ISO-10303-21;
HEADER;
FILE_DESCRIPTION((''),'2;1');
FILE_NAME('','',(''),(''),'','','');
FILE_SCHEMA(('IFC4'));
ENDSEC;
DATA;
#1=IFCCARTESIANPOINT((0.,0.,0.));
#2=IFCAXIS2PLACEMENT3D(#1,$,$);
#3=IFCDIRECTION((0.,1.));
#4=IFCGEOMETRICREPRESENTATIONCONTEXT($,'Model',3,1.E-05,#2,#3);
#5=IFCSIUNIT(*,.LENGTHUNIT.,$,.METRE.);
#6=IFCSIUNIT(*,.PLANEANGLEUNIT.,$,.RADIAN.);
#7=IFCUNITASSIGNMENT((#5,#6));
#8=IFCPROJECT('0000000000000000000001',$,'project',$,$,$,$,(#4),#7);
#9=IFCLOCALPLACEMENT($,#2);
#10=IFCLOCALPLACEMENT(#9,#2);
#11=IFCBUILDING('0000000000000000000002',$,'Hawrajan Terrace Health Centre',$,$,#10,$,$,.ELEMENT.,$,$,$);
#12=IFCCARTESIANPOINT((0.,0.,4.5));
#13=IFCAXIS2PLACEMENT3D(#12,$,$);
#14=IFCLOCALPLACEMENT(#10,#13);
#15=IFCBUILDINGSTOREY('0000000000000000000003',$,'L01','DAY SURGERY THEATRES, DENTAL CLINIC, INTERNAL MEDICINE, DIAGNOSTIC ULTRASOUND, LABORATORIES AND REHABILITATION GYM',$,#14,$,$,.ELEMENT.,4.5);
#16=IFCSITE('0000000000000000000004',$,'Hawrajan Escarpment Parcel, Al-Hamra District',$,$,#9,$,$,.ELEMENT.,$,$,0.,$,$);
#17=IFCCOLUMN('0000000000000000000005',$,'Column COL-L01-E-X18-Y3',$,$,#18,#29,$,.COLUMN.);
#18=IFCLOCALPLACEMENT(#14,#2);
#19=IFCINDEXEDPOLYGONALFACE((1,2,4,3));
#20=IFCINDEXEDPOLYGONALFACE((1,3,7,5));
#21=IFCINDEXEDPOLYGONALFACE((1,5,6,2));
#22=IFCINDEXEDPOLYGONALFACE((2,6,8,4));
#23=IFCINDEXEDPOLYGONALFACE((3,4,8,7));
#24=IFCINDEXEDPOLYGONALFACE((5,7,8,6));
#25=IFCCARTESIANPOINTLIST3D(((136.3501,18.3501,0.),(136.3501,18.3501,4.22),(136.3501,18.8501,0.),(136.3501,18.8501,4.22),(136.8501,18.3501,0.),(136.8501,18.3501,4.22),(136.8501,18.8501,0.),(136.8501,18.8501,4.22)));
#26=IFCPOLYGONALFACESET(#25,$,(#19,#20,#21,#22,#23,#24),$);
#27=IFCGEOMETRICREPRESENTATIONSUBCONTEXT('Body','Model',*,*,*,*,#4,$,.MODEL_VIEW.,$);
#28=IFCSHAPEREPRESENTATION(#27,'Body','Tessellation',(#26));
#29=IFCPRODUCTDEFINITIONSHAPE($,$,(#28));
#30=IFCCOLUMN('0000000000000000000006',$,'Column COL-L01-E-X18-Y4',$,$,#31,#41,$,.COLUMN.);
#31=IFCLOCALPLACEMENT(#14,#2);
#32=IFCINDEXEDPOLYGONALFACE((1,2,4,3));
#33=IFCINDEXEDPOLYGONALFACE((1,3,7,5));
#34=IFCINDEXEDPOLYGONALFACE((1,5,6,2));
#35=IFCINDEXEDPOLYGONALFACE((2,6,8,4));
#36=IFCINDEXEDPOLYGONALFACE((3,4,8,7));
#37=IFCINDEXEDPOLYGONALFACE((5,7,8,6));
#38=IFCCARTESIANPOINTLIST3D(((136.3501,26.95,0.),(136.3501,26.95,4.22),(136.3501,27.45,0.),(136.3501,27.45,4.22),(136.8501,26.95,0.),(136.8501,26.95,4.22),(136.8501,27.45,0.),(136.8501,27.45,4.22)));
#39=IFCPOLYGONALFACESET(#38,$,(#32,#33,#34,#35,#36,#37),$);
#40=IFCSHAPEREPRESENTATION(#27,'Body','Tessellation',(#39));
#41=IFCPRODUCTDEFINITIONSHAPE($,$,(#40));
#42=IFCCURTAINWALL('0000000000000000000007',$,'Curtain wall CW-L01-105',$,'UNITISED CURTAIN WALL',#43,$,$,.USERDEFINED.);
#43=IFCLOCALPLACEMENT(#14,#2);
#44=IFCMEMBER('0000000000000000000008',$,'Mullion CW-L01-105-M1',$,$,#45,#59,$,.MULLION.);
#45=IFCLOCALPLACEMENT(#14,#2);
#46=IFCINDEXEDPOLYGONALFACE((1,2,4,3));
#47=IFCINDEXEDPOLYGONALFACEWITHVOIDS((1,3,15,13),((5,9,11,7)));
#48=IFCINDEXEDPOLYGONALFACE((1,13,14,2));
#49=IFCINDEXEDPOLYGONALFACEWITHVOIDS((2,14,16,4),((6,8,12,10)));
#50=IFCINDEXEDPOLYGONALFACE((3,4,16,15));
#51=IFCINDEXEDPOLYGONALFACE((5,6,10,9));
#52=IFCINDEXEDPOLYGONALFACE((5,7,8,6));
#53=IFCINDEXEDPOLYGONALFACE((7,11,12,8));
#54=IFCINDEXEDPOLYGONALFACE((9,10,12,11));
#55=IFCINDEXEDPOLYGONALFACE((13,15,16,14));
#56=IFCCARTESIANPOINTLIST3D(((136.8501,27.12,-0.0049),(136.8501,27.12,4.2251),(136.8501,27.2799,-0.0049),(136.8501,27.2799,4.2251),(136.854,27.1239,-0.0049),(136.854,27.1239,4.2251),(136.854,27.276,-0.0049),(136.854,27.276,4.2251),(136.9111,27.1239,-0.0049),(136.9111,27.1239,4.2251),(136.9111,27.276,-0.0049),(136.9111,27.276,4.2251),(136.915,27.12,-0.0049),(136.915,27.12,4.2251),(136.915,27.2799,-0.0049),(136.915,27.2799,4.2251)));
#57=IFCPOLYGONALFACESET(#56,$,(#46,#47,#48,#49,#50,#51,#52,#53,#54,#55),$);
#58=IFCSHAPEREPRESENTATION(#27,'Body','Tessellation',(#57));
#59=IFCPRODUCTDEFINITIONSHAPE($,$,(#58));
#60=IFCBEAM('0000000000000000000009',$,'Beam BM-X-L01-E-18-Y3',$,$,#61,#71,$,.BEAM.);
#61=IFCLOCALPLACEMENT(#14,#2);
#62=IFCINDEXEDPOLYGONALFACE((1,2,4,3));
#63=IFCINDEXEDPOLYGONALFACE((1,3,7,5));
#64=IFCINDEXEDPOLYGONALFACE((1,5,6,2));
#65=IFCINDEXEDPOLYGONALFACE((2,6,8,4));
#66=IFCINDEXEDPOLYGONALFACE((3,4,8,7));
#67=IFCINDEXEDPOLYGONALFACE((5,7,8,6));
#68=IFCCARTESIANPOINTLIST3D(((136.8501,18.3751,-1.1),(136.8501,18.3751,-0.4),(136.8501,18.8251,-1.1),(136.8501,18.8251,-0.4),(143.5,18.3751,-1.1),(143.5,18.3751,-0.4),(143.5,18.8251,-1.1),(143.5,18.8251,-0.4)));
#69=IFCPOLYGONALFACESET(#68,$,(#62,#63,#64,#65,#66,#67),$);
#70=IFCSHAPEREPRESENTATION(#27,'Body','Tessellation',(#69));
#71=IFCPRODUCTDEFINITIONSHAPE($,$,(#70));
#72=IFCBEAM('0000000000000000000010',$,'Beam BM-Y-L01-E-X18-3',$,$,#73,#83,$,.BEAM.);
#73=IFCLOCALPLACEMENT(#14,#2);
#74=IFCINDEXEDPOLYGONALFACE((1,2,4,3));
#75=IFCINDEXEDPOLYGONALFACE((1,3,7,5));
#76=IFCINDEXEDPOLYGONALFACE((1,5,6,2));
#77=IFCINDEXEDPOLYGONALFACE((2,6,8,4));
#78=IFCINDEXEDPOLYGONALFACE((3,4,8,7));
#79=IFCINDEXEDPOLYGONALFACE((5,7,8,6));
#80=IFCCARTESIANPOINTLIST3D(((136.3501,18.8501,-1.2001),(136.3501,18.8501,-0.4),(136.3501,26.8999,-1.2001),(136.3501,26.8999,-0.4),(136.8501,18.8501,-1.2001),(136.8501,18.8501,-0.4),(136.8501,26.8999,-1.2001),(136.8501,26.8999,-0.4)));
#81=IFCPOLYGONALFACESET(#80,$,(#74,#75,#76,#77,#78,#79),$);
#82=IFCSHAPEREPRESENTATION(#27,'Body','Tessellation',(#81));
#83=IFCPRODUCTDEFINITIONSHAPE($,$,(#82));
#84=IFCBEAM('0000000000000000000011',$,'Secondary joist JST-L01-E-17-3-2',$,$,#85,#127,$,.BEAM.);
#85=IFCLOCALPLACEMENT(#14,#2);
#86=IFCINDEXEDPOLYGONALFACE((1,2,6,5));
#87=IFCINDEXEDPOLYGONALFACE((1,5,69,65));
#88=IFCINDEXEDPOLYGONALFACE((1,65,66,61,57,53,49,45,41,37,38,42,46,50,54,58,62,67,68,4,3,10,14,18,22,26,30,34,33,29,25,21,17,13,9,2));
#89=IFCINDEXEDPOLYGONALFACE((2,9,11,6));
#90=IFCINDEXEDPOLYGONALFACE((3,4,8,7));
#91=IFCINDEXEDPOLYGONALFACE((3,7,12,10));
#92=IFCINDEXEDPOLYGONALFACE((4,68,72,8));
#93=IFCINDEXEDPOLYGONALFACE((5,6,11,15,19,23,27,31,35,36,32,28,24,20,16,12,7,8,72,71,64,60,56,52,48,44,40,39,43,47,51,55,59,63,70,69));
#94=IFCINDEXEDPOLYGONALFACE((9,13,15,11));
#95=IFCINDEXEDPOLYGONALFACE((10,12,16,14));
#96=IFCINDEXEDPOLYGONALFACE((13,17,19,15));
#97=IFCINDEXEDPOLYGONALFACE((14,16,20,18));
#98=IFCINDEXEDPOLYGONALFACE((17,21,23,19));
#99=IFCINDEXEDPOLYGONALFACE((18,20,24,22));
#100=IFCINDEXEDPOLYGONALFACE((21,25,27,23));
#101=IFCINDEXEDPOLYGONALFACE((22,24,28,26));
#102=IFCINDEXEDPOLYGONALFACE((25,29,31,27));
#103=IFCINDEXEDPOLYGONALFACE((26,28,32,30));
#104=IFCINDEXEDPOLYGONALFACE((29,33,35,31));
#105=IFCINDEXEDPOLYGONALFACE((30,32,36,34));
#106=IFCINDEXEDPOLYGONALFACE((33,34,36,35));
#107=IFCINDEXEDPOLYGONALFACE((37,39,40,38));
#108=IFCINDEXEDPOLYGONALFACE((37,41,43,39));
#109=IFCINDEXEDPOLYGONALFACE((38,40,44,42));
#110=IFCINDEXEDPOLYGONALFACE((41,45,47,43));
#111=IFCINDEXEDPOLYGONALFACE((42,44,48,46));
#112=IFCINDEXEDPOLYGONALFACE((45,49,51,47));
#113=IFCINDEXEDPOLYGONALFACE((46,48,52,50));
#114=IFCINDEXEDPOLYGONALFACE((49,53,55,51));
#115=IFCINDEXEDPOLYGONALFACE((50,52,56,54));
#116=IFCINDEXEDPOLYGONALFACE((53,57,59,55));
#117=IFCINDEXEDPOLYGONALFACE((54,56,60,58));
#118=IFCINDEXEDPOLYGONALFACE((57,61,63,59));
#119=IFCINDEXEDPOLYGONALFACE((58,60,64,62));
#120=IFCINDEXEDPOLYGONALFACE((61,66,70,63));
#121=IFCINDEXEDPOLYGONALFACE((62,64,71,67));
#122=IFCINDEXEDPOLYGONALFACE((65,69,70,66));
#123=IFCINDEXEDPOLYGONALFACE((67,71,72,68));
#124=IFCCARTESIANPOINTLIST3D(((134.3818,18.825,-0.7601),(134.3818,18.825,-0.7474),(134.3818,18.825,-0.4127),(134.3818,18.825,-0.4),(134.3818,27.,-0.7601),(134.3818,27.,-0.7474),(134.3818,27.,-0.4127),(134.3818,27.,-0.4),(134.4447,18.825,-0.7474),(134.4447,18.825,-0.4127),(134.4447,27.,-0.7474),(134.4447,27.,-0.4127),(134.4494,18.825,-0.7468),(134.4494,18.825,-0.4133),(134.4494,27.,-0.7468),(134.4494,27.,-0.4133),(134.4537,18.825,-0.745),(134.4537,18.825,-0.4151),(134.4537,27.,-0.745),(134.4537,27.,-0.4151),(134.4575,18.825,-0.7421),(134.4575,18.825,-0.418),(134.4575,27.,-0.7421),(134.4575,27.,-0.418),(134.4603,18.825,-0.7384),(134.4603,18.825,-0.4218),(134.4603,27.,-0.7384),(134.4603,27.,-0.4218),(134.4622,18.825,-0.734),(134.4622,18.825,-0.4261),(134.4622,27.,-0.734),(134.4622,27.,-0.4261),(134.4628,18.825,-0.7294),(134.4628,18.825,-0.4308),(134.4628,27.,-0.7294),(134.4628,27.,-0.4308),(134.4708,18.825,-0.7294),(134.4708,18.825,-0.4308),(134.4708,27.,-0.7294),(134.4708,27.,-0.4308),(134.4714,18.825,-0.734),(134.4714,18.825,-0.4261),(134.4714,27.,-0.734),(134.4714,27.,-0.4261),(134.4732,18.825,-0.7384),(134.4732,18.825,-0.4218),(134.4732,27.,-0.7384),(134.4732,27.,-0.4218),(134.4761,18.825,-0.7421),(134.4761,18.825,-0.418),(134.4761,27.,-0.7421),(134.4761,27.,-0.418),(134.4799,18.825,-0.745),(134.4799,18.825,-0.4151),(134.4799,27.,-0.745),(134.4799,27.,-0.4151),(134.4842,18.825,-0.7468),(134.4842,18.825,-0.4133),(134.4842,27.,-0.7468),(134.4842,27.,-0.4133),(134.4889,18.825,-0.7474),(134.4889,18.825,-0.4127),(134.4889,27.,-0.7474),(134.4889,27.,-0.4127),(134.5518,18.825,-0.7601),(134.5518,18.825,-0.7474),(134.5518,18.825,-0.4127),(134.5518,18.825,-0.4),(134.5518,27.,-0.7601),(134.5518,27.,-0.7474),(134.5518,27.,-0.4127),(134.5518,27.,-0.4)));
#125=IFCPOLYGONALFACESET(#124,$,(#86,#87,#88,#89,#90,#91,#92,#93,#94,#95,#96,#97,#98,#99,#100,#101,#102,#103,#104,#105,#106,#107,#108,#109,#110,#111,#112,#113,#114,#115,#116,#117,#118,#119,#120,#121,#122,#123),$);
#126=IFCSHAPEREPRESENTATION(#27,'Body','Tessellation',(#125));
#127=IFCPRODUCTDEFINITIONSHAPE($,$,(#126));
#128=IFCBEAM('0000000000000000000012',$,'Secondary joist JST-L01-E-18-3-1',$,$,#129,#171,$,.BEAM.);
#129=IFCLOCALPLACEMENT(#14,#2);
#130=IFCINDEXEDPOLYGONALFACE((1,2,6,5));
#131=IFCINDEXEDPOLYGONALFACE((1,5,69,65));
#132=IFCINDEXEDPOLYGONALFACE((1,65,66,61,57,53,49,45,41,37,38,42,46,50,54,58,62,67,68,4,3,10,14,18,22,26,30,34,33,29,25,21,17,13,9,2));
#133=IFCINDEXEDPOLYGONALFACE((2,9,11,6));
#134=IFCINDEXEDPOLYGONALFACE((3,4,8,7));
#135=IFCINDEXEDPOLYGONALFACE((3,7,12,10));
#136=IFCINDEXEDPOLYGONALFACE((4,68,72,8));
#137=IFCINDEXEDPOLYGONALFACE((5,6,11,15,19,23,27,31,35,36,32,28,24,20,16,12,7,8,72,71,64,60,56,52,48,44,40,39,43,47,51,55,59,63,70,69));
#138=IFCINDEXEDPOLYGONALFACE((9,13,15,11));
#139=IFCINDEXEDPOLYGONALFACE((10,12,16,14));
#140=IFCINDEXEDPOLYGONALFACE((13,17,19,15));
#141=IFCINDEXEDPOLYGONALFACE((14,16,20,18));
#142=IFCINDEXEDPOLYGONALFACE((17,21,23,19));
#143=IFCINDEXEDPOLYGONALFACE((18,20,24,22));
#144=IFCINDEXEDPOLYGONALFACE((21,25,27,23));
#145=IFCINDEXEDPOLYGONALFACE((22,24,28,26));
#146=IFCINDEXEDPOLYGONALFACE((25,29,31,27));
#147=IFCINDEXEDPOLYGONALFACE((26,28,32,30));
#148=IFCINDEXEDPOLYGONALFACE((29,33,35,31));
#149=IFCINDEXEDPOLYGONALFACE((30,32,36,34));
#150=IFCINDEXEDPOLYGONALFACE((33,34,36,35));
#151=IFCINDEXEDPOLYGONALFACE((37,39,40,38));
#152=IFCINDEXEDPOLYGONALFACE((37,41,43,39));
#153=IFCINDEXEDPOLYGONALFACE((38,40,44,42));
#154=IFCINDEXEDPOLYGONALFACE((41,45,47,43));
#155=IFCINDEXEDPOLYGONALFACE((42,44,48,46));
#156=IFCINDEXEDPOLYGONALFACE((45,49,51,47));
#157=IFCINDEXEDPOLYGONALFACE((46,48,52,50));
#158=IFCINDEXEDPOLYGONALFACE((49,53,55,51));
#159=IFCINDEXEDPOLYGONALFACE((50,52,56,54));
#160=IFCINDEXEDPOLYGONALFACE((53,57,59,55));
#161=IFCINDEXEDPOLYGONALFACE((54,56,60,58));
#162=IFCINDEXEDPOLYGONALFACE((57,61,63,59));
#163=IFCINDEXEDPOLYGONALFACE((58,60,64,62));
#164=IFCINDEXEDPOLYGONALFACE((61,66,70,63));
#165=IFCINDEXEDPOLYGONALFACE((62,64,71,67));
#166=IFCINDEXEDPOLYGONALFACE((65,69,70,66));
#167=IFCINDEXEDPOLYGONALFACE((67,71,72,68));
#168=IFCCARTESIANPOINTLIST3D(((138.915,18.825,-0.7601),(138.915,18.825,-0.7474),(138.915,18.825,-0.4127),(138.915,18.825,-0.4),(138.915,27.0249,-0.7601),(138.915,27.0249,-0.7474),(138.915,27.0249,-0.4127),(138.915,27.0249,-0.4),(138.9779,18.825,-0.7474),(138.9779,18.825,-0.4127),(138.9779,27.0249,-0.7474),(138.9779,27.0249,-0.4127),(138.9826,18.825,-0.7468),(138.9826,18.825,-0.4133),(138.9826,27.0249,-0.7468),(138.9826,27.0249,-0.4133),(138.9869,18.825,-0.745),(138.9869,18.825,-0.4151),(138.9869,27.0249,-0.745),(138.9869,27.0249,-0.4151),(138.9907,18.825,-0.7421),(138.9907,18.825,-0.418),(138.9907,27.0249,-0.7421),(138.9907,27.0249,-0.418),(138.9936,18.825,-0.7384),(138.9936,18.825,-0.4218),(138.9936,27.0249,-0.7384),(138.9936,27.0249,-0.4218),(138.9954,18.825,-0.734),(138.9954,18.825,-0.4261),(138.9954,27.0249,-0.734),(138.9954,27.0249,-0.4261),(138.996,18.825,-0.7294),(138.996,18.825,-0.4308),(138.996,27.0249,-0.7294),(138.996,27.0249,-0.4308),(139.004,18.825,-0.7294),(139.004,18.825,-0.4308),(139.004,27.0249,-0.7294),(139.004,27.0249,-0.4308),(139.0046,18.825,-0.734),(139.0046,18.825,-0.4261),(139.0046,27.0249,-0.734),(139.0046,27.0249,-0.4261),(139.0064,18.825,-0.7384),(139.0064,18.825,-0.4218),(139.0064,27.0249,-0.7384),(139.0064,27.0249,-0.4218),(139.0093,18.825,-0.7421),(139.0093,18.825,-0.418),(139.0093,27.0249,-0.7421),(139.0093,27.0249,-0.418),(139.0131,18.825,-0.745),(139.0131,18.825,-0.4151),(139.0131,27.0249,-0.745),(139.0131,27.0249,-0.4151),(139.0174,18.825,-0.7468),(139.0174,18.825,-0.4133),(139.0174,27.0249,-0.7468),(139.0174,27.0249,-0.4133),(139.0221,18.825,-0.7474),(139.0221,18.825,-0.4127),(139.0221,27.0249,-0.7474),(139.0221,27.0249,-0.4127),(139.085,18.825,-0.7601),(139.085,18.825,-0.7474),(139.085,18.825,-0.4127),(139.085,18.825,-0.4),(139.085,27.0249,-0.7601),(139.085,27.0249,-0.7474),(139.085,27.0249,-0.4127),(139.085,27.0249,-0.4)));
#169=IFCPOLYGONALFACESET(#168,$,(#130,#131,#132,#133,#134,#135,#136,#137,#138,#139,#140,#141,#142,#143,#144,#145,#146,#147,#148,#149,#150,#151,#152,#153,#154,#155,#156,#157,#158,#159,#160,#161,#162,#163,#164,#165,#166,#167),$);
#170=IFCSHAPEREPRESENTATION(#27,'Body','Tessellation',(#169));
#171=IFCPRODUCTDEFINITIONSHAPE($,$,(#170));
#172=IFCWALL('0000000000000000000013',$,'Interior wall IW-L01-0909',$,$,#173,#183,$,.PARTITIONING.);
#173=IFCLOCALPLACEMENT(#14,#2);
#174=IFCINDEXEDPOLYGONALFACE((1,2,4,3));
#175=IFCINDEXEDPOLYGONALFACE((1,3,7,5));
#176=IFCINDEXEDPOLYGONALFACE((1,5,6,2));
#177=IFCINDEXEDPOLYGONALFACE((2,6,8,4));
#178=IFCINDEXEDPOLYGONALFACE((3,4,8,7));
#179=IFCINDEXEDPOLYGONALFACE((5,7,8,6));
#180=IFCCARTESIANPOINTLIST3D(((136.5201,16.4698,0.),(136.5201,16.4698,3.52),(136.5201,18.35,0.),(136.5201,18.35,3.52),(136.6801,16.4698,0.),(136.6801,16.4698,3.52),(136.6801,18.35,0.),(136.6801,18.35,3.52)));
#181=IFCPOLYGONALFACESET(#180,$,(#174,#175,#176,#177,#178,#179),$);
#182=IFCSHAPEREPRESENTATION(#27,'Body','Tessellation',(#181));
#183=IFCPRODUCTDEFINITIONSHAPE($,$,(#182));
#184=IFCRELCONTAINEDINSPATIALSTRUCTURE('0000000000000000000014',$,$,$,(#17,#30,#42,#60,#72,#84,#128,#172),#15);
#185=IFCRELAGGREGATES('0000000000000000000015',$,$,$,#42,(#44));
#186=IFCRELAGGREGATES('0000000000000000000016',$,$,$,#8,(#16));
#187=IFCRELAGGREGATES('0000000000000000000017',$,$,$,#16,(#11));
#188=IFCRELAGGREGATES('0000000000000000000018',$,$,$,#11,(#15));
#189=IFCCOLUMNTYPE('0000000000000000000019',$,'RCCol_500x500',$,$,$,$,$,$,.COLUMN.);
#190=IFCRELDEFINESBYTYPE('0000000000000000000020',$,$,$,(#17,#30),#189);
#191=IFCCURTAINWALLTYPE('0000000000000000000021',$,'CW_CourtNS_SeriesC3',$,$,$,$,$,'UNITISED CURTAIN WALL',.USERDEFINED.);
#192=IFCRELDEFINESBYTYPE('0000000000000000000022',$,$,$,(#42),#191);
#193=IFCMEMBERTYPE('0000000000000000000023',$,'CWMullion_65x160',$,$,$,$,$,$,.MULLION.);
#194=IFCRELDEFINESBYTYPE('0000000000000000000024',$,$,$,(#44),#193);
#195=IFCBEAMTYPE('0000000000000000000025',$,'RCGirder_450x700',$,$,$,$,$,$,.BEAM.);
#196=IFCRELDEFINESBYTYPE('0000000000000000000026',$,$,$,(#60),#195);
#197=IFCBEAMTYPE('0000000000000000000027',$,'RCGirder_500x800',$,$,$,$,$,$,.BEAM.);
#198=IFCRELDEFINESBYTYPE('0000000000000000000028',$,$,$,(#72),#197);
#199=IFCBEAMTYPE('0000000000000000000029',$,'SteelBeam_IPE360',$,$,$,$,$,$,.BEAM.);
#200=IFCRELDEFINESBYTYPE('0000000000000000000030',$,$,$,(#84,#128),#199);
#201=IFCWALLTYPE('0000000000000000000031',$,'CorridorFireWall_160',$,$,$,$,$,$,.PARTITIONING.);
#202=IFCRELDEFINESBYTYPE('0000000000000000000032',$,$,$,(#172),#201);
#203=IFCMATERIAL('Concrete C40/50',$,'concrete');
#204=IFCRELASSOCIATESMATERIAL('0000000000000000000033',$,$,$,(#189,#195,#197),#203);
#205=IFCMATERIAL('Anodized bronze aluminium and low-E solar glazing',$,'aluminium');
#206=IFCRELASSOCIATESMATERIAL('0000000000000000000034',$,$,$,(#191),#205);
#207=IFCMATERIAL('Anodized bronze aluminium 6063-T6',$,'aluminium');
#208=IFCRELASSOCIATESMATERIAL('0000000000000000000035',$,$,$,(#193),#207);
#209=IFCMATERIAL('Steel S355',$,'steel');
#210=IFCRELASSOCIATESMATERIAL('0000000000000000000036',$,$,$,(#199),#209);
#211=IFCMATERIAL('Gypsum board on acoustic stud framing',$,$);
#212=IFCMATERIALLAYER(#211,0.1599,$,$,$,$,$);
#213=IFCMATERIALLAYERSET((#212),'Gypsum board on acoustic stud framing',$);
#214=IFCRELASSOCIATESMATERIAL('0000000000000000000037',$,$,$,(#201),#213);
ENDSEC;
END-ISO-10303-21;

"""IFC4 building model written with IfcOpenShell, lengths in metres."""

from ifc_helpers import new_model, si_unit, direction, frame, frame_2d, origin, origin_2d, place, context, subcontext, project, spatial, rectangle, hollow_rectangle, i_section, extrude, material, layer, layer_set, material_profile, profile_set, type_object, element, aggregate, save


model = new_model("IFC4")

# Units and contexts
model_context = context("Model", 3, precision=1e-05, world=origin(), true_north=direction((0.0, 1.0)))
body_context = subcontext(model_context, "Body", "Model", "MODEL_VIEW")
ifc_project = project(units=[si_unit("LENGTHUNIT", "METRE"), si_unit("PLANEANGLEUNIT", "RADIAN")], contexts=[model_context])

# Site, building, storey
site_placement = place(None, origin())
site = spatial("IfcSite", under=ifc_project, at=site_placement, Name="Hawrajan Escarpment Parcel, Al-Hamra District", CompositionType="ELEMENT", RefElevation=0.0)
building_placement = place(site_placement, origin())
building = spatial("IfcBuilding", under=site, at=building_placement, Name="Hawrajan Terrace Health Centre", CompositionType="ELEMENT")
storey_placement = place(building_placement, frame((0.0, 0.0, 4.5)))
storey = spatial("IfcBuildingStorey", under=building, at=storey_placement, Name="L01", Description="DAY SURGERY THEATRES, DENTAL CLINIC, INTERNAL MEDICINE, DIAGNOSTIC ULTRASOUND, LABORATORIES AND REHABILITATION GYM", CompositionType="ELEMENT", Elevation=4.5)

# Columns
ifc_material_1 = material(Name="Concrete C40/50", Category="concrete")
ifc_material_profile_1 = material_profile(ifc_material_1, rectangle(XDim=0.5, YDim=0.5, at=origin_2d()), Name="RC 500x500")
ifc_profile_set_1 = profile_set([ifc_material_profile_1], Name="Concrete C40/50")
column_type = type_object("IfcColumnType", Name="RCCol_500x500", PredefinedType="COLUMN", material=ifc_profile_set_1)
for number, where, z_axis, x_axis, name in (
    (1, (136.6001, 18.6001, 0.0), (0.0, 0.0, 1.0), (1.0, 0.0, 0.0), "Column COL-L01-E-X18-Y3"),
    (2, (136.6001, 27.2, 0.0), (0.0, 0.0, 1.0), (1.0, 0.0, 0.0), "Column COL-L01-E-X18-Y4"),
):
    element("IfcColumn", number, at=place(storey_placement, frame(where, z_axis=z_axis, x_axis=x_axis)), inside=storey, type_object=column_type, Name=name, PredefinedType="COLUMN", context=body_context, shape_type="SweptSolid", body=[
        extrude(rectangle(XDim=0.5, YDim=0.5, at=origin_2d()), origin(), (0.0, 0.0, 1.0), 4.22),
    ])

# Curtain wall, member
ifc_material_2 = material(Name="Anodized bronze aluminium and low-E solar glazing", Category="aluminium")
curtain_wall_type = type_object("IfcCurtainWallType", Name="CW_CourtNS_SeriesC3", ElementType="UNITISED CURTAIN WALL", PredefinedType="USERDEFINED", material=ifc_material_2)
curtain_wall_placement = place(storey_placement, origin())
curtain_wall = element("IfcCurtainWall", 3, at=curtain_wall_placement, inside=storey, type_object=curtain_wall_type, Name="Curtain wall CW-L01-105", ObjectType="UNITISED CURTAIN WALL", PredefinedType="USERDEFINED")
ifc_material_3 = material(Name="Anodized bronze aluminium 6063-T6", Category="aluminium")
ifc_material_profile_2 = material_profile(ifc_material_3, hollow_rectangle(XDim=0.0649, YDim=0.1599, WallThickness=0.0039, at=origin_2d()), Name="CW MUL 65x160")
ifc_profile_set_2 = profile_set([ifc_material_profile_2], Name="Anodized bronze aluminium 6063-T6")
member_type = type_object("IfcMemberType", Name="CWMullion_65x160", PredefinedType="MULLION", material=ifc_profile_set_2)
member_placement = place(storey_placement, frame((136.8826, 27.2, -0.0049), z_axis=(0.0, 0.0, 1.0), x_axis=(1.0, 0.0, 0.0)))
member = element("IfcMember", 4, at=member_placement, type_object=member_type, Name="Mullion CW-L01-105-M1", PredefinedType="MULLION", context=body_context, shape_type="SweptSolid", body=[
    extrude(hollow_rectangle(XDim=0.0649, YDim=0.1599, WallThickness=0.0039, at=origin_2d()), origin(), (0.0, 0.0, 1.0), 4.23),
])
aggregate(curtain_wall, [member])

# Beams
ifc_material_profile_3 = material_profile(ifc_material_1, rectangle(XDim=0.45, YDim=0.7, at=origin_2d()), Name="RC BM 450x700")
ifc_profile_set_3 = profile_set([ifc_material_profile_3], Name="Concrete C40/50")
beam_type_1 = type_object("IfcBeamType", Name="RCGirder_450x700", PredefinedType="BEAM", material=ifc_profile_set_3)
beam_1_placement = place(storey_placement, frame((136.8501, 18.6001, -0.75), z_axis=(1.0, 0.0, 0.0), x_axis=(0.0, 1.0, 0.0)))
element("IfcBeam", 5, at=beam_1_placement, inside=storey, type_object=beam_type_1, Name="Beam BM-X-L01-E-18-Y3", PredefinedType="BEAM", context=body_context, shape_type="SweptSolid", body=[
    extrude(rectangle(XDim=0.45, YDim=0.7, at=origin_2d()), origin(), (0.0, 0.0, 1.0), 6.6499),
])
ifc_material_profile_4 = material_profile(ifc_material_1, rectangle(XDim=0.5, YDim=0.8, at=origin_2d()), Name="RC BM 500x800")
ifc_profile_set_4 = profile_set([ifc_material_profile_4], Name="Concrete C40/50")
beam_type_2 = type_object("IfcBeamType", Name="RCGirder_500x800", PredefinedType="BEAM", material=ifc_profile_set_4)
beam_2_placement = place(storey_placement, frame((136.6001, 18.8501, -0.8), z_axis=(0.0, 1.0, 0.0), x_axis=(-1.0, 0.0, 0.0)))
element("IfcBeam", 6, at=beam_2_placement, inside=storey, type_object=beam_type_2, Name="Beam BM-Y-L01-E-X18-3", PredefinedType="BEAM", context=body_context, shape_type="SweptSolid", body=[
    extrude(rectangle(XDim=0.5, YDim=0.8, at=origin_2d()), origin(), (0.0, 0.0, 1.0), 8.0498),
])
ifc_material_4 = material(Name="Steel S355", Category="steel")
ifc_material_profile_5 = material_profile(ifc_material_4, i_section(OverallWidth=0.1699, OverallDepth=0.3601, WebThickness=0.0081, FlangeThickness=0.0127, FilletRadius=0.0181, at=origin_2d()), Name="IPE 360")
ifc_profile_set_5 = profile_set([ifc_material_profile_5], Name="Steel S355")
beam_type_3 = type_object("IfcBeamType", Name="SteelBeam_IPE360", PredefinedType="BEAM", material=ifc_profile_set_5)
beam_3_placement = place(storey_placement, frame((134.4668, 18.825, -0.5801), z_axis=(0.0, 1.0, 0.0), x_axis=(-1.0, 0.0, 0.0)))
element("IfcBeam", 7, at=beam_3_placement, inside=storey, type_object=beam_type_3, Name="Secondary joist JST-L01-E-17-3-2", PredefinedType="BEAM", context=body_context, shape_type="SweptSolid", body=[
    extrude(i_section(OverallWidth=0.1699, OverallDepth=0.3601, WebThickness=0.0081, FlangeThickness=0.0127, FilletRadius=0.0181, at=origin_2d()), origin(), (0.0, 0.0, 1.0), 8.175),
])
beam_4_placement = place(storey_placement, frame((139.0, 18.825, -0.5801), z_axis=(0.0, 1.0, 0.0), x_axis=(-1.0, 0.0, 0.0)))
element("IfcBeam", 8, at=beam_4_placement, inside=storey, type_object=beam_type_3, Name="Secondary joist JST-L01-E-18-3-1", PredefinedType="BEAM", context=body_context, shape_type="SweptSolid", body=[
    extrude(i_section(OverallWidth=0.1699, OverallDepth=0.3601, WebThickness=0.0081, FlangeThickness=0.0127, FilletRadius=0.0181, at=origin_2d()), origin(), (0.0, 0.0, 1.0), 8.2),
])

# Wall
ifc_material_5 = material(Name="Gypsum board on acoustic stud framing")
ifc_layer_1 = layer(ifc_material_5, 0.1599)
ifc_layer_set_1 = layer_set([ifc_layer_1], Name="Gypsum board on acoustic stud framing")
wall_type_1 = type_object("IfcWallType", Name="CorridorFireWall_160", PredefinedType="PARTITIONING", material=ifc_layer_set_1)
wall_1_placement = place(storey_placement, frame((136.6001, 16.47, 0.0), z_axis=(0.0, 0.0, 1.0), x_axis=(0.0, 1.0, 0.0)))
element("IfcWall", 9, at=wall_1_placement, inside=storey, type_object=wall_type_1, Name="Interior wall IW-L01-0909", PredefinedType="PARTITIONING", context=body_context, shape_type="SweptSolid", body=[
    extrude(rectangle(XDim=1.8801, YDim=0.1599, at=frame_2d((0.9399, 0.0))), origin(), (0.0, 0.0, 1.0), 3.52),
])

save(model, "model.ifc")
